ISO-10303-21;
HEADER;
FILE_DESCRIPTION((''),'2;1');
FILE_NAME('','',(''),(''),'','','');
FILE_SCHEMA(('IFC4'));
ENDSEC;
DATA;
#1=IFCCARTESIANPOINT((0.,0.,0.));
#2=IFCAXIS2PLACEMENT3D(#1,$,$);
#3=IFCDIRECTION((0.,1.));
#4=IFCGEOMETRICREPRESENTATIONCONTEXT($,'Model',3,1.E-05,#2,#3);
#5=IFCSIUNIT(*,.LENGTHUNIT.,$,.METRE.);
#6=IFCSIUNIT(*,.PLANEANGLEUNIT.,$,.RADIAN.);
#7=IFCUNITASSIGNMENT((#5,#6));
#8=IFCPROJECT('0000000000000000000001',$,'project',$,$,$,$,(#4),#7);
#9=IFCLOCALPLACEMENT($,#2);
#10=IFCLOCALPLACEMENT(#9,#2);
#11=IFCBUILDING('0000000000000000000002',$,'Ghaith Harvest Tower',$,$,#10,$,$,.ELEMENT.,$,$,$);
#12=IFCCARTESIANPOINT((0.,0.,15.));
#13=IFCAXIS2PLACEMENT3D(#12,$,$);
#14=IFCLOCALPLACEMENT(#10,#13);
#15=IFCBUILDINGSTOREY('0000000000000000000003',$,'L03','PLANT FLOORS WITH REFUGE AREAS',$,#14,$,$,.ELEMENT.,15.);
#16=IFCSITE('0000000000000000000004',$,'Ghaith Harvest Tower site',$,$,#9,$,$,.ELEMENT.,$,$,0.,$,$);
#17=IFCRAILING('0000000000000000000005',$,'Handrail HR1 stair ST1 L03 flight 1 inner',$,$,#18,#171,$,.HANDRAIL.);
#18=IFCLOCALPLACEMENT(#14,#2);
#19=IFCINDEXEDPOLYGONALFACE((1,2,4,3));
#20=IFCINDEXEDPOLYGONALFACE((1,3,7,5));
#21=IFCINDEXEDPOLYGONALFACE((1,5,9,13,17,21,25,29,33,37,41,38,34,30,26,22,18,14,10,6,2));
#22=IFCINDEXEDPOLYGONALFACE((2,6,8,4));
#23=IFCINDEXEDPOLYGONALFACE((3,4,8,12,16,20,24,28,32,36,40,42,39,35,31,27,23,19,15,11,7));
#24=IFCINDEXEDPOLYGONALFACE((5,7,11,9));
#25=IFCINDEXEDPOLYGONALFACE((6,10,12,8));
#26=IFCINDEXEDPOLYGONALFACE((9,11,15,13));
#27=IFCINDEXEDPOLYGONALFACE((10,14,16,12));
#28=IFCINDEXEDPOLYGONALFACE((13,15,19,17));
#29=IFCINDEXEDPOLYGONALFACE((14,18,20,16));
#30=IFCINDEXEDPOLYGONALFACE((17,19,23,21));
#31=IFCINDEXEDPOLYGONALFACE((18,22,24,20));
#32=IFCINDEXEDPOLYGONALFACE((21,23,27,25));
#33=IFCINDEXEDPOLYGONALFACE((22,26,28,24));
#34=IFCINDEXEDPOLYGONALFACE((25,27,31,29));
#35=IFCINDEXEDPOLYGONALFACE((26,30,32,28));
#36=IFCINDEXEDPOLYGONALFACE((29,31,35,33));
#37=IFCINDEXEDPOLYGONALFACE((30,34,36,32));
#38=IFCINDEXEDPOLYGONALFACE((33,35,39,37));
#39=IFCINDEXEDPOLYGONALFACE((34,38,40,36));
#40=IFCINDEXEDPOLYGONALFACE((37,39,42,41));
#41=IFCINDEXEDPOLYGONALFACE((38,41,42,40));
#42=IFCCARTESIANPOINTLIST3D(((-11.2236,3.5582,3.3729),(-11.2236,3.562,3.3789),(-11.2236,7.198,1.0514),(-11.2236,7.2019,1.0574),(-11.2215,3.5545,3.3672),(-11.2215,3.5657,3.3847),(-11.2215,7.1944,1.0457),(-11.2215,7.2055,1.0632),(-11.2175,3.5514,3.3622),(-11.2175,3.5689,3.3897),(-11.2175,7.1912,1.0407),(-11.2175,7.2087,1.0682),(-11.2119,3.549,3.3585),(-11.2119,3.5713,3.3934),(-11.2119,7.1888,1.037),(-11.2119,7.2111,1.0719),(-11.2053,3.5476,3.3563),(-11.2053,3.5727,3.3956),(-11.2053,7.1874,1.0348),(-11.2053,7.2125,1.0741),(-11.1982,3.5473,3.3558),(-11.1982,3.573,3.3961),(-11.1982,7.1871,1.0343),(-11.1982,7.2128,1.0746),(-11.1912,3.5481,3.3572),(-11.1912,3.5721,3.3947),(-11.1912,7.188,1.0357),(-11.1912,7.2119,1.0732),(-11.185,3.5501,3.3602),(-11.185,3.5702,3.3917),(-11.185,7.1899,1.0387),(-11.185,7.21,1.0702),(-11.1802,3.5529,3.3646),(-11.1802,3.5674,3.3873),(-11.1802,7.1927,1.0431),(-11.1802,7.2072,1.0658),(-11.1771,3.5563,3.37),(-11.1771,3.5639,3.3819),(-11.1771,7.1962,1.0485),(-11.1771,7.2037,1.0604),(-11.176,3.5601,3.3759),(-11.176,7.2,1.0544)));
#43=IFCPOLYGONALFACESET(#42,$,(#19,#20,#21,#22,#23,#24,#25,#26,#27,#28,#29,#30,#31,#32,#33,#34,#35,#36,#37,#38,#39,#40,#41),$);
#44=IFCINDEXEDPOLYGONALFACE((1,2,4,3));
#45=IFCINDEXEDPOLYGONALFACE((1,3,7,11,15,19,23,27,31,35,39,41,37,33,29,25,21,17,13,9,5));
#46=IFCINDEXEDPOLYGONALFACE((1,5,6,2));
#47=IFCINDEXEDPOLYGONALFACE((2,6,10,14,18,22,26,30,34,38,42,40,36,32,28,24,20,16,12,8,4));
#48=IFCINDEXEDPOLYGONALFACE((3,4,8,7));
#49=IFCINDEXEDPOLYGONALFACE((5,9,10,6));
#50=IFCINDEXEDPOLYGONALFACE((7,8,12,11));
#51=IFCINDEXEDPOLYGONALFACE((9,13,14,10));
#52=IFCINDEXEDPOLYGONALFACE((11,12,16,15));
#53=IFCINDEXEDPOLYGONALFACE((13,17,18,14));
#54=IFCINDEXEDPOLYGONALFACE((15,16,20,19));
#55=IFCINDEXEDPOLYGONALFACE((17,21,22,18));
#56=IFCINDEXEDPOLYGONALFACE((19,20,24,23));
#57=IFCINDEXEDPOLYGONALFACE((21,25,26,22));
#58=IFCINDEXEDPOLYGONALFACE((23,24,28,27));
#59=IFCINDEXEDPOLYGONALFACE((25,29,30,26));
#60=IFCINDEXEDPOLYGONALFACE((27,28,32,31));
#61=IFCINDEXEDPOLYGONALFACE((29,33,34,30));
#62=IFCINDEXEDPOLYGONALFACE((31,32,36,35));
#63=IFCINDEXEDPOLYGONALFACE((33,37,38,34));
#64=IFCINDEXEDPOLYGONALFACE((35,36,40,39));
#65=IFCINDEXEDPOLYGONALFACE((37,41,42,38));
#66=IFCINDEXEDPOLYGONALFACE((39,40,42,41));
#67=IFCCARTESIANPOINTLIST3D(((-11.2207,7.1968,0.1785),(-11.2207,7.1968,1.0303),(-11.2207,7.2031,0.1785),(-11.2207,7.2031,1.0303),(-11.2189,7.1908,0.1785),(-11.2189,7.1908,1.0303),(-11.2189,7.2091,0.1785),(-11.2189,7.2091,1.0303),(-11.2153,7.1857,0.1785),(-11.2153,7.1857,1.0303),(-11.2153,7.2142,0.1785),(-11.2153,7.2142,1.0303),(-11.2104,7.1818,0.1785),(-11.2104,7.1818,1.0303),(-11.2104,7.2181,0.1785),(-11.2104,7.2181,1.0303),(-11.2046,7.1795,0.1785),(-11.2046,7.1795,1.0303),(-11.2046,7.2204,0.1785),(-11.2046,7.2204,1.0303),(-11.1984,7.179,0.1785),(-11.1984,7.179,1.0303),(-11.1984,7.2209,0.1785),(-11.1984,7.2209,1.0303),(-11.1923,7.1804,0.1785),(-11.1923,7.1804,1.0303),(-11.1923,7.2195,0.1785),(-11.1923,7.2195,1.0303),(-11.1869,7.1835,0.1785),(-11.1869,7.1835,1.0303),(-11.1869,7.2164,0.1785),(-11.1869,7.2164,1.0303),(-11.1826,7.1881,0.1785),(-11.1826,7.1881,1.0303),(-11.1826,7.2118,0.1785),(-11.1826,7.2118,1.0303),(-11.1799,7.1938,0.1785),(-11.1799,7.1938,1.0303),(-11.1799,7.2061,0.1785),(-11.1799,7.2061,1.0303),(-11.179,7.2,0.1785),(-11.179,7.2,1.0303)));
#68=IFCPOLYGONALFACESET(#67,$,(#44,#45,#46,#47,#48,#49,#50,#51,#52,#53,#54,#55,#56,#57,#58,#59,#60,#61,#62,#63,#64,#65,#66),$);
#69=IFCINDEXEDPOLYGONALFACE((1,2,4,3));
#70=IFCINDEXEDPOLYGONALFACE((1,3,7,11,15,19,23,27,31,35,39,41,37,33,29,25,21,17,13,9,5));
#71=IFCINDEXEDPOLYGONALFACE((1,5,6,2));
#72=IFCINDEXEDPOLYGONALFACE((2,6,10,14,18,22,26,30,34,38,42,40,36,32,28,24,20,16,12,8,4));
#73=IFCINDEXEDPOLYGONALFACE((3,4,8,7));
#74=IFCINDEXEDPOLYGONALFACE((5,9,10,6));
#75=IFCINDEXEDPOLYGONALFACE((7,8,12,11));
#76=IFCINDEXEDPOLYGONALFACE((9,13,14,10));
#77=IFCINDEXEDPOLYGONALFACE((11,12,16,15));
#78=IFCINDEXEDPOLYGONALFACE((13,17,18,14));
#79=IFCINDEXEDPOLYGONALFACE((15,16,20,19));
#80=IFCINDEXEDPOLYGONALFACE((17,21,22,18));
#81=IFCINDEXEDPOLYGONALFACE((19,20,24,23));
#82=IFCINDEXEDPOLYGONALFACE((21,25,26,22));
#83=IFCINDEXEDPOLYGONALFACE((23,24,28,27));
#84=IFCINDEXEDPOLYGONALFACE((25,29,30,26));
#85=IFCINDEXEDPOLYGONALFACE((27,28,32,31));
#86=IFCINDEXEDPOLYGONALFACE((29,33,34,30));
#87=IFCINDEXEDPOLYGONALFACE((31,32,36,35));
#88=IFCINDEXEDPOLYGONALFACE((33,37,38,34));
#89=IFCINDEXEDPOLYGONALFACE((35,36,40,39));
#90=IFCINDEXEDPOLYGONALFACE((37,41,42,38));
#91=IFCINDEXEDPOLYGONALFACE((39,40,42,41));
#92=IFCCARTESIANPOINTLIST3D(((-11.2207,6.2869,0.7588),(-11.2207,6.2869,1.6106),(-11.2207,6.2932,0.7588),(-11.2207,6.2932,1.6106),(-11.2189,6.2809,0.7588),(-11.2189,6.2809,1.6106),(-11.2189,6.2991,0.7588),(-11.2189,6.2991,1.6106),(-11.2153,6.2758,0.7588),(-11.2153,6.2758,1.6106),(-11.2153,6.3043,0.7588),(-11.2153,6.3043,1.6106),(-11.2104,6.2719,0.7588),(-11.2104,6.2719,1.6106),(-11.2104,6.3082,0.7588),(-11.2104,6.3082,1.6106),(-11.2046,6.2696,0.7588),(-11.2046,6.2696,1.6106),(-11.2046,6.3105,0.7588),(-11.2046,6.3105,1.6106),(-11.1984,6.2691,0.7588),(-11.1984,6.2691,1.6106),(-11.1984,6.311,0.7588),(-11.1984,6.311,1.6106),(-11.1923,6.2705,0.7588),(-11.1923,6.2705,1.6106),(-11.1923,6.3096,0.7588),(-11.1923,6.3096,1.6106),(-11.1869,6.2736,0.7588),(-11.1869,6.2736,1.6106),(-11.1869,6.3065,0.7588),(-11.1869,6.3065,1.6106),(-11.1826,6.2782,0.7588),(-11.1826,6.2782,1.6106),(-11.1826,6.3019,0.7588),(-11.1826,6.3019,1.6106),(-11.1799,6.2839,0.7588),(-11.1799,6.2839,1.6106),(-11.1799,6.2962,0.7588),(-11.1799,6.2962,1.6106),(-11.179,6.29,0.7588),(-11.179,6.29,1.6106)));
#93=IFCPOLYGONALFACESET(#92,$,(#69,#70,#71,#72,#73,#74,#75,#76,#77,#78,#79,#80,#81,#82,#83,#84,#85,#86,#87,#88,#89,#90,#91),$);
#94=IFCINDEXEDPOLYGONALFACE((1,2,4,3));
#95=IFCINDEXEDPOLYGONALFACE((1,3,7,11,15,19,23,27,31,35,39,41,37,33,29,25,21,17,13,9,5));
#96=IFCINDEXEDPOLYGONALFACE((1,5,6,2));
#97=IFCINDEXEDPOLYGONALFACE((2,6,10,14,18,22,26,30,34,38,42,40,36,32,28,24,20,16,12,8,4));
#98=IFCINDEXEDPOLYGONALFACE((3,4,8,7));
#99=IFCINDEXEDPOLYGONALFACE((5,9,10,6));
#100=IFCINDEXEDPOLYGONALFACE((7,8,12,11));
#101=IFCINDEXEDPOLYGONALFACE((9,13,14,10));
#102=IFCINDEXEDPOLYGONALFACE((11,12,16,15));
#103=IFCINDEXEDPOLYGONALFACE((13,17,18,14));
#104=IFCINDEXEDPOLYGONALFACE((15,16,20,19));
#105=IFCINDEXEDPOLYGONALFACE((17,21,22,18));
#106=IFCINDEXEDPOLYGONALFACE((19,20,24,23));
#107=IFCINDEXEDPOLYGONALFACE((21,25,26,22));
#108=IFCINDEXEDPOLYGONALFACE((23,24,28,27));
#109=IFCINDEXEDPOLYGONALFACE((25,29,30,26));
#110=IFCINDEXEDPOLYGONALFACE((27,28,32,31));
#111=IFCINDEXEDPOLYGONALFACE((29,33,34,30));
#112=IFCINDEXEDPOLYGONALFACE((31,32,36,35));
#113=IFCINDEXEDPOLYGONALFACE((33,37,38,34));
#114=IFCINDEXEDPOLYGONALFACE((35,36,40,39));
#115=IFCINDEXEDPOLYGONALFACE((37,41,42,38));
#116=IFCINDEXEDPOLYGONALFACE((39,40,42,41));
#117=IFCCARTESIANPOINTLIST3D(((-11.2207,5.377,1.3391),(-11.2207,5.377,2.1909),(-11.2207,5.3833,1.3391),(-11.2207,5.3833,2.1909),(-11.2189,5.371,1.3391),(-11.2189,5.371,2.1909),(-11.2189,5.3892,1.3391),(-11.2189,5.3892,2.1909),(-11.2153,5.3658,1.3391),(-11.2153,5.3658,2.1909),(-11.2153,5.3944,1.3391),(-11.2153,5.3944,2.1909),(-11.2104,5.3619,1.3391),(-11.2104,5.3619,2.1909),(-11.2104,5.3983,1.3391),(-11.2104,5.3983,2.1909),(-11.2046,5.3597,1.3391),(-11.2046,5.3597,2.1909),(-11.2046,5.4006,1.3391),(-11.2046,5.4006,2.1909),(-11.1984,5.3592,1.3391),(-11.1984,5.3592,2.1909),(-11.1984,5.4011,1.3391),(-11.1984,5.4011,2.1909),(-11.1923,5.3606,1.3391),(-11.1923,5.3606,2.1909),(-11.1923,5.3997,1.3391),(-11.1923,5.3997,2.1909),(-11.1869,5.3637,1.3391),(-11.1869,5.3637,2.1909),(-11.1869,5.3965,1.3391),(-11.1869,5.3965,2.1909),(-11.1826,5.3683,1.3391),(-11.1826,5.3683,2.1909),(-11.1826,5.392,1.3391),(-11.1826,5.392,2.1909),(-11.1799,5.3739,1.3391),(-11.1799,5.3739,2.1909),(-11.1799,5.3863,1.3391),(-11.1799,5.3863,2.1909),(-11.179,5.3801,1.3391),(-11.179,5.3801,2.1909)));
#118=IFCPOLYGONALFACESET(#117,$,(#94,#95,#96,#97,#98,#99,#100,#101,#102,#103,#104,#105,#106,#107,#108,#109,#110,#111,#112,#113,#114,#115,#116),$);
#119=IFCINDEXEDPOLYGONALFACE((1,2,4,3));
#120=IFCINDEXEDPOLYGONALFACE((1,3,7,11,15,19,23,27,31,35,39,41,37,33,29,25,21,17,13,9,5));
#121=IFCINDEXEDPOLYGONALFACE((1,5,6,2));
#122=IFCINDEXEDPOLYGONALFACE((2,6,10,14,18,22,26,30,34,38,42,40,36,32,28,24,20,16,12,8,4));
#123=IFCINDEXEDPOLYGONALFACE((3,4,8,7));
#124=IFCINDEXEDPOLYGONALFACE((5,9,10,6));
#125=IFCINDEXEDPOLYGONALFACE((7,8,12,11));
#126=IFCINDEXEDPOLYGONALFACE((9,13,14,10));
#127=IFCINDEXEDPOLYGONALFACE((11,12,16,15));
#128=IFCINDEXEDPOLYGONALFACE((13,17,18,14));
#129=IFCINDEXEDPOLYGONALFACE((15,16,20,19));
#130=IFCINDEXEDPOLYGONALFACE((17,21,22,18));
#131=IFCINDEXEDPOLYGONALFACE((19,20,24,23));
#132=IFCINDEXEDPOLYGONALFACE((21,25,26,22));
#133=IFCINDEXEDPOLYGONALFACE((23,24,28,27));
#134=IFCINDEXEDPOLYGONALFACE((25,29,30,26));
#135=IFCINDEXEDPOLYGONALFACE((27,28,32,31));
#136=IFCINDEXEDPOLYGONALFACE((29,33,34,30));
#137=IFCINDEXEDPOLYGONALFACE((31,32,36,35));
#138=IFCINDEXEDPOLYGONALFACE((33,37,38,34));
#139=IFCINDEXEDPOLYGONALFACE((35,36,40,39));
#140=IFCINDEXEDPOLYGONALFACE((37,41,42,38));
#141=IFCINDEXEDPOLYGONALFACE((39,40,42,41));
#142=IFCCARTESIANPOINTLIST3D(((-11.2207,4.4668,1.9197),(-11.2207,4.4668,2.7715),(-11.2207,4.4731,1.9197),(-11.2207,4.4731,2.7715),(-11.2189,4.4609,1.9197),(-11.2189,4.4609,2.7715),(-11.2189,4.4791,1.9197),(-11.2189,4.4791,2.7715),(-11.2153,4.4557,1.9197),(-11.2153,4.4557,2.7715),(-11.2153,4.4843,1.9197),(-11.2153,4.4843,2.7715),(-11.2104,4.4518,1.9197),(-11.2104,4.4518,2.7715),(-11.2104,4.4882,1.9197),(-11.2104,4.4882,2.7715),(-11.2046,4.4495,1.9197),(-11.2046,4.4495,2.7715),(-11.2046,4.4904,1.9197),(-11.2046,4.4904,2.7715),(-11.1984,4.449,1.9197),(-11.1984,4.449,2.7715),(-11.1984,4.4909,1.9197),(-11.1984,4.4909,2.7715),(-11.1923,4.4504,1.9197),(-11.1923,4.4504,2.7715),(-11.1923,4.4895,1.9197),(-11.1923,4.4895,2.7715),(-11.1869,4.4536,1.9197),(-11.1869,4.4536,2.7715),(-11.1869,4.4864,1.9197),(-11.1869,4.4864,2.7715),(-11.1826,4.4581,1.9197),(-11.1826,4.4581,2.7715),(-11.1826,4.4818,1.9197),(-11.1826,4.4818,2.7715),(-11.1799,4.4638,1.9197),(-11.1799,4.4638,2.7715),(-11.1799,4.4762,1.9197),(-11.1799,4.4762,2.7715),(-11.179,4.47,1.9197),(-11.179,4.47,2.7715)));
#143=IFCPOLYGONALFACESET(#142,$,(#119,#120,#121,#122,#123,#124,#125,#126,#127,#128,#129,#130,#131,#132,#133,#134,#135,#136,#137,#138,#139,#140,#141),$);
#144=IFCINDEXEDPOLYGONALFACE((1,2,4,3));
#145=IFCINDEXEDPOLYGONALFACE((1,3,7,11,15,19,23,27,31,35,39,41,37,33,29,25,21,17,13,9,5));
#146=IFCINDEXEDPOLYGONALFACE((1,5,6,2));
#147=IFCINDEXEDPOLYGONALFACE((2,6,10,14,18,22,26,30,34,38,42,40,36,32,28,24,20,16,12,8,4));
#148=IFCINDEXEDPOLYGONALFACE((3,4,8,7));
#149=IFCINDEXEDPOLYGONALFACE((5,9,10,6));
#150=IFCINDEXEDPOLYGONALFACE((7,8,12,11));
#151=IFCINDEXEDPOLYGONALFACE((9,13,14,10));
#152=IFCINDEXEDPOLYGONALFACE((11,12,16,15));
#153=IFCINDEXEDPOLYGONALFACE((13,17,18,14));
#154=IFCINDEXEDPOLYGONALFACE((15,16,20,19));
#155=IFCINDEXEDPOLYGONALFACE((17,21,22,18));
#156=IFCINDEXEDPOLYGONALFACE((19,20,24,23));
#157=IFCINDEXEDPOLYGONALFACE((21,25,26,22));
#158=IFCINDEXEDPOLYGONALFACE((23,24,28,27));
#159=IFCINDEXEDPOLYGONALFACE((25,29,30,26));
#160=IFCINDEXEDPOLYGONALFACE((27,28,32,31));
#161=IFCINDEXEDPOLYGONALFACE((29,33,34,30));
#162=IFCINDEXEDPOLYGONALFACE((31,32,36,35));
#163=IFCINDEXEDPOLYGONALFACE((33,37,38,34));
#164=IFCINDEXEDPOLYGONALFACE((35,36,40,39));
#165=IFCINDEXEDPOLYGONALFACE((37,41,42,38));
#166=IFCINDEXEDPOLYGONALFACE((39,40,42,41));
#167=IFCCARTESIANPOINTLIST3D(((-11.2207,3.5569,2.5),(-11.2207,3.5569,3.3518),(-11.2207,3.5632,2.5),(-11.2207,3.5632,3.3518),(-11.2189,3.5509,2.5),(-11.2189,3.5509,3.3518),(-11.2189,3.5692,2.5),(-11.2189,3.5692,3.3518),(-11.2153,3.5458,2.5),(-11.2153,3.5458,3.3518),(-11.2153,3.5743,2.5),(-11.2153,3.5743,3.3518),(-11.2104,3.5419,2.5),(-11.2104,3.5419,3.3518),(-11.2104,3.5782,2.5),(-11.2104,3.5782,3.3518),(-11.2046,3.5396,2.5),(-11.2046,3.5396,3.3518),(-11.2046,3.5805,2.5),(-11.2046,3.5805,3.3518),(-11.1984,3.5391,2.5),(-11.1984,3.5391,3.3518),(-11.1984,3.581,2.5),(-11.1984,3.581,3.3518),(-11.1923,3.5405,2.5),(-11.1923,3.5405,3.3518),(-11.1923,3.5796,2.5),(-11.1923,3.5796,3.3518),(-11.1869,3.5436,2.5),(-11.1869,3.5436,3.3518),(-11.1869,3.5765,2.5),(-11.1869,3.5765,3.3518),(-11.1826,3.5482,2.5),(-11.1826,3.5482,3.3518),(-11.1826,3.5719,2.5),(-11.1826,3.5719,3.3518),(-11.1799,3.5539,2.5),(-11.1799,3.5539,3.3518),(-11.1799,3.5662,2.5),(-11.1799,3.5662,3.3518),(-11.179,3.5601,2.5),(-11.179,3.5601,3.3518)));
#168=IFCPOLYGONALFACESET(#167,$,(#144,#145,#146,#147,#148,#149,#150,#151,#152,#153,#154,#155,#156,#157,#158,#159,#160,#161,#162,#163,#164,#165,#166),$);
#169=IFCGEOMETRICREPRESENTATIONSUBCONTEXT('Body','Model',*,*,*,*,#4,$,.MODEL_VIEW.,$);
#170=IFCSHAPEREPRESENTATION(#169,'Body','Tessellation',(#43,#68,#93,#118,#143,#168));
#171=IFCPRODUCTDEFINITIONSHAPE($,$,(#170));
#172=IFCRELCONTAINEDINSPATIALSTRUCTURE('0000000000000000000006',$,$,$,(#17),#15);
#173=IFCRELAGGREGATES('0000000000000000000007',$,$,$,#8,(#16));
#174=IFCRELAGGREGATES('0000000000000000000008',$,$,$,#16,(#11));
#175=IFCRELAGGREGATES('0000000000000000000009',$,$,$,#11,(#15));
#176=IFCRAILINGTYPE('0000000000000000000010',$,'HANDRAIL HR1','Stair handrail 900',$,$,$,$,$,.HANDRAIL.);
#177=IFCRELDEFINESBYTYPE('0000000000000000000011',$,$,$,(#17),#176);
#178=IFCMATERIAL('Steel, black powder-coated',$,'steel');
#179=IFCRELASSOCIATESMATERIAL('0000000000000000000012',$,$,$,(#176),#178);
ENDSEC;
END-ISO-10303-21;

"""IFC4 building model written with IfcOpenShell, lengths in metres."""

from ifc_helpers import new_model, si_unit, direction, frame, origin, origin_2d, place, context, subcontext, project, spatial, circle, extrude, material, type_object, element, save


model = new_model("IFC4")

# Units and contexts
model_context = context("Model", 3, precision=1e-05, world=origin(), true_north=direction((0.0, 1.0)))
body_context = subcontext(model_context, "Body", "Model", "MODEL_VIEW")
ifc_project = project(units=[si_unit("LENGTHUNIT", "METRE"), si_unit("PLANEANGLEUNIT", "RADIAN")], contexts=[model_context])

# Site, building, storey
site_placement = place(None, origin())
site = spatial("IfcSite", under=ifc_project, at=site_placement, Name="Ghaith Harvest Tower site", CompositionType="ELEMENT", RefElevation=0.0)
building_placement = place(site_placement, origin())
building = spatial("IfcBuilding", under=site, at=building_placement, Name="Ghaith Harvest Tower", CompositionType="ELEMENT")
storey_placement = place(building_placement, frame((0.0, 0.0, 15.0)))
storey = spatial("IfcBuildingStorey", under=building, at=storey_placement, Name="L03", Description="PLANT FLOORS WITH REFUGE AREAS", CompositionType="ELEMENT", Elevation=15.0)

# Railing
ifc_material_1 = material(Name="Steel, black powder-coated", Category="steel")
railing_type = type_object("IfcRailingType", Name="HANDRAIL HR1", Description="Stair handrail 900", PredefinedType="HANDRAIL", material=ifc_material_1)
railing_1_placement = place(storey_placement, frame((-11.2, 7.2, 0.1785)))
element("IfcRailing", 1, at=railing_1_placement, inside=storey, type_object=railing_type, Name="Handrail HR1 stair ST1 L03 flight 1 inner", PredefinedType="HANDRAIL", context=body_context, shape_type="SweptSolid", body=[
    extrude(circle(Radius=0.0239, at=origin_2d()), frame((0.0, 0.0, 0.876), z_axis=(0.0, -0.843112, 0.537739), x_axis=(1.0, 0.0, 0.0)), (0.0, 0.0, 1.0), 4.3171),
    extrude(circle(Radius=0.021, at=origin_2d()), origin(), (0.0, 0.0, 1.0), 0.8518),
    extrude(circle(Radius=0.021, at=origin_2d()), frame((0.0, -0.9099, 0.5803)), (0.0, 0.0, 1.0), 0.8518),
    extrude(circle(Radius=0.021, at=origin_2d()), frame((0.0, -1.8198, 1.1606)), (0.0, 0.0, 1.0), 0.8518),
    extrude(circle(Radius=0.021, at=origin_2d()), frame((0.0, -2.73, 1.7412)), (0.0, 0.0, 1.0), 0.8518),
    extrude(circle(Radius=0.021, at=origin_2d()), frame((0.0, -3.6399, 2.3215)), (0.0, 0.0, 1.0), 0.8518),
])

save(model, "model.ifc")
